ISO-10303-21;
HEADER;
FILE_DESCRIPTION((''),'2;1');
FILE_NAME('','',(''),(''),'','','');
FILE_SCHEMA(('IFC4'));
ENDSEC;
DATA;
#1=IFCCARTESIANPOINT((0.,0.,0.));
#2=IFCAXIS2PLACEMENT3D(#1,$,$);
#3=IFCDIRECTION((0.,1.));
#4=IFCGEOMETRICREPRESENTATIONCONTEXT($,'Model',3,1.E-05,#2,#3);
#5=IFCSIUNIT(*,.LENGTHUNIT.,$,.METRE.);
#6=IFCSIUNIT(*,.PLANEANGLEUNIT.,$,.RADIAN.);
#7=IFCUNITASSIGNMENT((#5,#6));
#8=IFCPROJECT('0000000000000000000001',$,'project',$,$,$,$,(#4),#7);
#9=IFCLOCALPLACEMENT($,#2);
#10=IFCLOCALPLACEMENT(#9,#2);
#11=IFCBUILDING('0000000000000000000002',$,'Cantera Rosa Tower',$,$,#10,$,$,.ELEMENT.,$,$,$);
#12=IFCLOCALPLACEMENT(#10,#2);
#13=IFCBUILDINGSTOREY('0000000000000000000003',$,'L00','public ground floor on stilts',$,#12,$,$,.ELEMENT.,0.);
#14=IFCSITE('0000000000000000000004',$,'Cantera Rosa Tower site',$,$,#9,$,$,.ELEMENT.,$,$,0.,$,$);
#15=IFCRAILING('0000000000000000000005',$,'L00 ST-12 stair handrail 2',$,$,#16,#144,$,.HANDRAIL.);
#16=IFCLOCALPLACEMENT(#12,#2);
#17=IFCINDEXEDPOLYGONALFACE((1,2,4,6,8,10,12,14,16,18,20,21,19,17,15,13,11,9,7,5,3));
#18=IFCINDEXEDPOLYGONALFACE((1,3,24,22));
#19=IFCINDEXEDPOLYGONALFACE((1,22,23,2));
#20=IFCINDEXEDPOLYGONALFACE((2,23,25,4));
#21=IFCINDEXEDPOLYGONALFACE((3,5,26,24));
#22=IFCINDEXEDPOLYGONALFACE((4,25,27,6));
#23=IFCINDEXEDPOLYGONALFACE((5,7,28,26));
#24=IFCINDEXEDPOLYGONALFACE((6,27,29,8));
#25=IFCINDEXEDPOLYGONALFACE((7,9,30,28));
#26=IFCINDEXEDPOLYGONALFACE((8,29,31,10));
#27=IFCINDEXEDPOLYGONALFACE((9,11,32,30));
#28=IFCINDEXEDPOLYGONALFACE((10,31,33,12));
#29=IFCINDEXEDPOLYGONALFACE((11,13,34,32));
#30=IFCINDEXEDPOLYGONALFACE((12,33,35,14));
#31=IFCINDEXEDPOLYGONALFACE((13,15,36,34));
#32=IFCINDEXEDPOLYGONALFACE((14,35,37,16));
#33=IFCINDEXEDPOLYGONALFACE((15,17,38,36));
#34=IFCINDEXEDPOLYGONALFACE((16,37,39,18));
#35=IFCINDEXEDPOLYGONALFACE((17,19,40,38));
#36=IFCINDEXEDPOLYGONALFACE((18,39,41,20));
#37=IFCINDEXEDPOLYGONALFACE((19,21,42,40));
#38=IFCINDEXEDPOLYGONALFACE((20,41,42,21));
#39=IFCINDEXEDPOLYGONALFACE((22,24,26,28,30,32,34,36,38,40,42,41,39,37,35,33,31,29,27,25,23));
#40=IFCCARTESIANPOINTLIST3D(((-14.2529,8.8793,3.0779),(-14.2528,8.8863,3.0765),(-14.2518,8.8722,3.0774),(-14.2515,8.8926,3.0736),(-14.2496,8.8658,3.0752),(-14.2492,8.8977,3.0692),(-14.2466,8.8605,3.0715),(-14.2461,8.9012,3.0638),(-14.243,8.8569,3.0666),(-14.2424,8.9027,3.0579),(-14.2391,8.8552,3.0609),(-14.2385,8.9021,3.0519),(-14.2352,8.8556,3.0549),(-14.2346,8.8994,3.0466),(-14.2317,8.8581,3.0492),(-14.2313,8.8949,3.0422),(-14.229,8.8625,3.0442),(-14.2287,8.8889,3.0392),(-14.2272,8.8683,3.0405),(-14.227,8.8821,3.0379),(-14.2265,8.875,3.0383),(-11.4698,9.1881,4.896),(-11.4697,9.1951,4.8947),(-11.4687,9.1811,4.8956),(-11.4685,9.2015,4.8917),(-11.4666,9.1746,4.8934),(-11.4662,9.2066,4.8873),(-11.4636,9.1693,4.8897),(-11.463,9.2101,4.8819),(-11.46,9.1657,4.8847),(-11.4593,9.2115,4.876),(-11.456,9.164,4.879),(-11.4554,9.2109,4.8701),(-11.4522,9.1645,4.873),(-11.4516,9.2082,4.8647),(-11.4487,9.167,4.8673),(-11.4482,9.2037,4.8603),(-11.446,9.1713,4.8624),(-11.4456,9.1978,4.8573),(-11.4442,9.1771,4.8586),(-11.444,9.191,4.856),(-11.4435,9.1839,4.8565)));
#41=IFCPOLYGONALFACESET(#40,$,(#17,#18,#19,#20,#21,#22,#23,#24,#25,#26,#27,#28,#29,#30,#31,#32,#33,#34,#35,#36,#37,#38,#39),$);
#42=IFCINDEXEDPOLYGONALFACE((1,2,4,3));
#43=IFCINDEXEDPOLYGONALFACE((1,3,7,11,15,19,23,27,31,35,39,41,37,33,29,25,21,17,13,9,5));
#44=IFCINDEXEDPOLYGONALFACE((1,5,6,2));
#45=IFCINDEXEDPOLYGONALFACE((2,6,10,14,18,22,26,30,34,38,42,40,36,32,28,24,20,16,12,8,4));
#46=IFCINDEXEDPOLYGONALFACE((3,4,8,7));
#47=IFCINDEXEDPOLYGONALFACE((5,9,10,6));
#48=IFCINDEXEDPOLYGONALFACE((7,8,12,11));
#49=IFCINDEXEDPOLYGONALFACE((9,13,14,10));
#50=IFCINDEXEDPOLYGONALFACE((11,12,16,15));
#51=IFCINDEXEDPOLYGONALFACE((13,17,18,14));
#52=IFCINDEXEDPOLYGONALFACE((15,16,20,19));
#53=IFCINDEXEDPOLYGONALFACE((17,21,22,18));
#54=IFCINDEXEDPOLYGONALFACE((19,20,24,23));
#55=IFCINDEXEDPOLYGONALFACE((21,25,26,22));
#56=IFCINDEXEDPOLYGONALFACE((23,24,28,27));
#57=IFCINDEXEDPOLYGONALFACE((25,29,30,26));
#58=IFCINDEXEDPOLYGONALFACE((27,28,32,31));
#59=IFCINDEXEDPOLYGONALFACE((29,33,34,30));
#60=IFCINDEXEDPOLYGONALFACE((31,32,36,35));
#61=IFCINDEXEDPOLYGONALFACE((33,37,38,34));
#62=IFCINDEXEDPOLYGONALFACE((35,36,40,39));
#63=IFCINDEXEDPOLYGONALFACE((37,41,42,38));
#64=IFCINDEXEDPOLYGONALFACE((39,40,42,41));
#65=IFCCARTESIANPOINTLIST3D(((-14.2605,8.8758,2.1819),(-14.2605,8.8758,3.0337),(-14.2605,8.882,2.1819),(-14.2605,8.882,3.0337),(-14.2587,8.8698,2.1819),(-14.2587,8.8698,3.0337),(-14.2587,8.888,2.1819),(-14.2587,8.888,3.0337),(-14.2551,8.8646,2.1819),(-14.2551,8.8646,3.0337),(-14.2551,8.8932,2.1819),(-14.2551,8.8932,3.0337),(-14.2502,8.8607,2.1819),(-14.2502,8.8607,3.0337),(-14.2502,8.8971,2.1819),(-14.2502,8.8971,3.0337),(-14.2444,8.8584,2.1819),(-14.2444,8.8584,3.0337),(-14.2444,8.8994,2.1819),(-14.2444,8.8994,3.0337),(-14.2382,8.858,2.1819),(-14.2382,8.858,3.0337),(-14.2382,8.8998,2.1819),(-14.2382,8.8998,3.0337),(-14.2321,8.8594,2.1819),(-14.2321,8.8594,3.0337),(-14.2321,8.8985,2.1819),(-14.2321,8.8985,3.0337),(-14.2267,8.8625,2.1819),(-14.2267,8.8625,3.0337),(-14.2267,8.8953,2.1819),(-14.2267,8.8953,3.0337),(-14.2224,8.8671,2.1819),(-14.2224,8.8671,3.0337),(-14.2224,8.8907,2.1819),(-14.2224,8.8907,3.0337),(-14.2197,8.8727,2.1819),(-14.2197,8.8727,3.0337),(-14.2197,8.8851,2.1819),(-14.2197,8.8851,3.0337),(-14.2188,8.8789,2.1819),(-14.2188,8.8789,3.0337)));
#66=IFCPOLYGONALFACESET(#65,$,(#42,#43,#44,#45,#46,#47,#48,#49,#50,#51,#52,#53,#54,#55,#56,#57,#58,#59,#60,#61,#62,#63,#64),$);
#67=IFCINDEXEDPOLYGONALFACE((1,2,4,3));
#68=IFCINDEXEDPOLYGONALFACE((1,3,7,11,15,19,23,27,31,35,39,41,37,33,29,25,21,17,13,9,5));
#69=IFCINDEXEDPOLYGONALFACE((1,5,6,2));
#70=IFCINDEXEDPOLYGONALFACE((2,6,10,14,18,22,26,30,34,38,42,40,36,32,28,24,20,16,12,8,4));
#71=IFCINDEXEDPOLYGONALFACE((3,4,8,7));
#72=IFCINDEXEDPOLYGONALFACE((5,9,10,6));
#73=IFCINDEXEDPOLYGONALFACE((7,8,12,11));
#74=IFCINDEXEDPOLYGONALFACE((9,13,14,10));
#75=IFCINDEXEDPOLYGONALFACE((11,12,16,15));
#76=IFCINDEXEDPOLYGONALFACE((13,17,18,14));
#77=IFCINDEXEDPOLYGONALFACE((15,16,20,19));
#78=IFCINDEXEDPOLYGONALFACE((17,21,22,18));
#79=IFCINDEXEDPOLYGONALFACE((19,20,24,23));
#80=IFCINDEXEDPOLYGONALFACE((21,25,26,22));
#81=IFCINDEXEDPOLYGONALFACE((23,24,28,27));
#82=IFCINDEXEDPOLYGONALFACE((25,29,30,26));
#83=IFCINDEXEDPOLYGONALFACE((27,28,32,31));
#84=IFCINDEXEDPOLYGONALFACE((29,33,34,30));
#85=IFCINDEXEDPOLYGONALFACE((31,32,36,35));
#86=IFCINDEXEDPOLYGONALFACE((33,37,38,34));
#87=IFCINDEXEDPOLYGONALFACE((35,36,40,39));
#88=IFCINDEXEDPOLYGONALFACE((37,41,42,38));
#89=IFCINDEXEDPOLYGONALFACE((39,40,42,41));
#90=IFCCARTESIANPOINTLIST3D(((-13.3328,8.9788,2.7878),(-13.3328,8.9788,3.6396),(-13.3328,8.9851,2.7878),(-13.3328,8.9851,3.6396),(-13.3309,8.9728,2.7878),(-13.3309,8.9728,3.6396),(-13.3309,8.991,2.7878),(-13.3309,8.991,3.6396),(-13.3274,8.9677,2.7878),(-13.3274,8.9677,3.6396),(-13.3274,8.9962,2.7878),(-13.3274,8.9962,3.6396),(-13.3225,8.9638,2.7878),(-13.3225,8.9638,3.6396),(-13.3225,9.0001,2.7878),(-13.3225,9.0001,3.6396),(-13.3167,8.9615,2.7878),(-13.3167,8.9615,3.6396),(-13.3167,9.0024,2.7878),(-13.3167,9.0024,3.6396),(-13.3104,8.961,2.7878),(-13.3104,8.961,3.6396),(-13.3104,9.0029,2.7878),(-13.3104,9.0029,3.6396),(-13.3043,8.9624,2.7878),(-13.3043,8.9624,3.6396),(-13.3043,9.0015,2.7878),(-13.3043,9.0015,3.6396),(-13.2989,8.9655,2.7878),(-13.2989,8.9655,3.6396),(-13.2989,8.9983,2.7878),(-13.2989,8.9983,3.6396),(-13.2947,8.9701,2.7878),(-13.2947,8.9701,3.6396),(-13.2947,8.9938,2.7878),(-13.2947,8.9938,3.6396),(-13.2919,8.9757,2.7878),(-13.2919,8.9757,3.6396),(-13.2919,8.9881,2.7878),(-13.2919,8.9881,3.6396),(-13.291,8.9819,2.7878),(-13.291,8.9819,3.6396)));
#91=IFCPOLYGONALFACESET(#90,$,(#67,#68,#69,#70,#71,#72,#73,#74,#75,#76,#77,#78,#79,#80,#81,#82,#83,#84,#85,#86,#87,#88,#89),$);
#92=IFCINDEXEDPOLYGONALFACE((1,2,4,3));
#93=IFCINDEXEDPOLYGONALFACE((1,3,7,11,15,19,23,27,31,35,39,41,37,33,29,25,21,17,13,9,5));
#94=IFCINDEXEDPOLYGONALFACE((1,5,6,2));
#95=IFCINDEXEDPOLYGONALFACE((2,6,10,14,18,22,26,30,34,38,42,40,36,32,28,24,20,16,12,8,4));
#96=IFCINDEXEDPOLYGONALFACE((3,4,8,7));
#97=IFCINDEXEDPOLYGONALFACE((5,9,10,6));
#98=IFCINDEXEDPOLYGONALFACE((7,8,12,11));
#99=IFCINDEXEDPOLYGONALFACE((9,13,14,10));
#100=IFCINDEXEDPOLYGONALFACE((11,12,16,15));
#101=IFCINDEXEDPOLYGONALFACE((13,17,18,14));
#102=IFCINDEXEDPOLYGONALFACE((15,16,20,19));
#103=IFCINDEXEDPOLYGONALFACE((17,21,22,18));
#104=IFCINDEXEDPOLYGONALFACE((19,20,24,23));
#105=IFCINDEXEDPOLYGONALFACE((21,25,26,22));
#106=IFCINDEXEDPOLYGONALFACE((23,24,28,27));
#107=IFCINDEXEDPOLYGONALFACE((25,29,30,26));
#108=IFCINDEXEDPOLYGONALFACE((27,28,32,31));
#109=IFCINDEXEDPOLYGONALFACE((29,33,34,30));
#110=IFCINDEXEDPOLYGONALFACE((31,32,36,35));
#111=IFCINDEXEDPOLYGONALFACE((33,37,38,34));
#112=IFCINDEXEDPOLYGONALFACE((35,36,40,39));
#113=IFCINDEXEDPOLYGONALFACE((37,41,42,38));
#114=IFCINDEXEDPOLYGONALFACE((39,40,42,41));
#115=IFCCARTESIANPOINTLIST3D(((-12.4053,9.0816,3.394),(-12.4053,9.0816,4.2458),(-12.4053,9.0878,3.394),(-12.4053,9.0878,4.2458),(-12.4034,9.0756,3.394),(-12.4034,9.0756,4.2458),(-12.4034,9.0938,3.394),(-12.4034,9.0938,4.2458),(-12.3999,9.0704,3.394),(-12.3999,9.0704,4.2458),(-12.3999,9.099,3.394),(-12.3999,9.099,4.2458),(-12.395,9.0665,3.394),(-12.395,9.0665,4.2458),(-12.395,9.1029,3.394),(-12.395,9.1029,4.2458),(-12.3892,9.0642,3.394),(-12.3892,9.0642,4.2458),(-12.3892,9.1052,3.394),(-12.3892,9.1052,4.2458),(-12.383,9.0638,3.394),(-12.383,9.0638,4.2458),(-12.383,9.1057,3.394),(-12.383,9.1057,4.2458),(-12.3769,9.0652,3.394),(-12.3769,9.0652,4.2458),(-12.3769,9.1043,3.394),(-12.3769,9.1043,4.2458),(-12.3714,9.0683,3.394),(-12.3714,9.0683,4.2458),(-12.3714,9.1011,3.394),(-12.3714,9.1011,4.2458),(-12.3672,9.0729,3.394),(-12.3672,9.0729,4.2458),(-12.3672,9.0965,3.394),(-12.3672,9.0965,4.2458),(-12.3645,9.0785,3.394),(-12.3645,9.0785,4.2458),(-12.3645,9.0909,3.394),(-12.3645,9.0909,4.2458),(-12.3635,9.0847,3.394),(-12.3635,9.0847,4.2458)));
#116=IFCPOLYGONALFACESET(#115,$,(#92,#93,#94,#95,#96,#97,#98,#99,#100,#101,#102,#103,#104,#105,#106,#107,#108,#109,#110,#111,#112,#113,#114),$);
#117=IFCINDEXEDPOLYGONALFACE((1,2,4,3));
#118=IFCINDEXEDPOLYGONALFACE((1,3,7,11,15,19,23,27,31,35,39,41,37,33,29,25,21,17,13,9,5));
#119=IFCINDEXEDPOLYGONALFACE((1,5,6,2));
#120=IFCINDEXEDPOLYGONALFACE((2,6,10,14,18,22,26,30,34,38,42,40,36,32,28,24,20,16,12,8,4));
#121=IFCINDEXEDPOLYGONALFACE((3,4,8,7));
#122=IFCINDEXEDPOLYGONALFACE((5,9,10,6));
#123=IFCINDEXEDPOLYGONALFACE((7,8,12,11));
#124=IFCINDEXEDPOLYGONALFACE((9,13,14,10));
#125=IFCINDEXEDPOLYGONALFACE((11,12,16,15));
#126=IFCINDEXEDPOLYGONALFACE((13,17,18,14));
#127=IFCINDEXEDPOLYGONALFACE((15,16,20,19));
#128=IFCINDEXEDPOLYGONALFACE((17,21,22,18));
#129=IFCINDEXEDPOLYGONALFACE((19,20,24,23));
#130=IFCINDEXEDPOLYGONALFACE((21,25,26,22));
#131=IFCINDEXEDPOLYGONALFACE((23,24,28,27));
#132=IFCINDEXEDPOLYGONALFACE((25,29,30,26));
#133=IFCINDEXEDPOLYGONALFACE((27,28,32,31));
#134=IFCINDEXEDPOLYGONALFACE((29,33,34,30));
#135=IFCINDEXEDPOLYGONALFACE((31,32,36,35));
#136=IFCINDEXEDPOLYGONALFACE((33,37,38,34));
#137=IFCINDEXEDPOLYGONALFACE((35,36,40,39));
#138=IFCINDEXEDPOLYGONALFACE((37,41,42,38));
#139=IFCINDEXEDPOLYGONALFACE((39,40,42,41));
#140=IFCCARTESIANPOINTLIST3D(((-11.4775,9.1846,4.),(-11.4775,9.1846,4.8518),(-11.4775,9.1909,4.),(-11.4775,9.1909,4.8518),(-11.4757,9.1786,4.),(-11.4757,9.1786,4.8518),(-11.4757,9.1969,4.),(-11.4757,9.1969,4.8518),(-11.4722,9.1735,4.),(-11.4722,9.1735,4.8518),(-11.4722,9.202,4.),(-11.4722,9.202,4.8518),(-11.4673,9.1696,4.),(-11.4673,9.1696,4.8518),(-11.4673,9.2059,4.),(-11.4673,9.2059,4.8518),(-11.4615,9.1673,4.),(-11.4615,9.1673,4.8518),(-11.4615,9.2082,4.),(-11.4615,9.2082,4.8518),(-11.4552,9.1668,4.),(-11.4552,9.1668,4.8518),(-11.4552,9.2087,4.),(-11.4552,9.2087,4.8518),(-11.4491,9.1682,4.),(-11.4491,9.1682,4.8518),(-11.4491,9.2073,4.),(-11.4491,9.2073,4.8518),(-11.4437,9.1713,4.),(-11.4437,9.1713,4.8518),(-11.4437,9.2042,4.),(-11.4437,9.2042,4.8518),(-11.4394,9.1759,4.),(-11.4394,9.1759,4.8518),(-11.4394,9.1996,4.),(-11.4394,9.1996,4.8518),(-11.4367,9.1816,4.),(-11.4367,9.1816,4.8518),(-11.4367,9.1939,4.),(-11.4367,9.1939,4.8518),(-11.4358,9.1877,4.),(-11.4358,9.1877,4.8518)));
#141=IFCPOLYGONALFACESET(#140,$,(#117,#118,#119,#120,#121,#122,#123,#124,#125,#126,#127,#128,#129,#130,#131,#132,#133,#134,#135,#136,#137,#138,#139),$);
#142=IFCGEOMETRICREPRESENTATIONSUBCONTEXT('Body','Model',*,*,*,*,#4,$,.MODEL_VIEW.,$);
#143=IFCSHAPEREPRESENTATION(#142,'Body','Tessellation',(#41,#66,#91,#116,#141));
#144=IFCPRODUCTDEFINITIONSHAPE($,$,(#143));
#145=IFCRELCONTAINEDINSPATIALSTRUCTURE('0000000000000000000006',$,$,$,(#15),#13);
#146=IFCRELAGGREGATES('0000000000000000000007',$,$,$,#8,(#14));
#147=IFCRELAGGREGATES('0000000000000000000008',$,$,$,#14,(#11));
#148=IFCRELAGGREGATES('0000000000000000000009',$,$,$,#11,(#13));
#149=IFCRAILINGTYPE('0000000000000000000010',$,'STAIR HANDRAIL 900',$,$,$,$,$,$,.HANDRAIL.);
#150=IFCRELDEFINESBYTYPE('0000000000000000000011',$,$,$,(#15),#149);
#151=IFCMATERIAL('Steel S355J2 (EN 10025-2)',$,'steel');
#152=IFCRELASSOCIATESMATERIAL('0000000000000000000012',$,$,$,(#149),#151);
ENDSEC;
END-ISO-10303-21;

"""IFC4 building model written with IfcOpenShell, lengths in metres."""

from ifc_helpers import new_model, si_unit, direction, frame, origin, origin_2d, place, context, subcontext, project, spatial, circle, extrude, material, type_object, element, save


model = new_model("IFC4")

# Units and contexts
model_context = context("Model", 3, precision=1e-05, world=origin(), true_north=direction((0.0, 1.0)))
body_context = subcontext(model_context, "Body", "Model", "MODEL_VIEW")
ifc_project = project(units=[si_unit("LENGTHUNIT", "METRE"), si_unit("PLANEANGLEUNIT", "RADIAN")], contexts=[model_context])

# Site, building, storey
site_placement = place(None, origin())
site = spatial("IfcSite", under=ifc_project, at=site_placement, Name="Cantera Rosa Tower site", CompositionType="ELEMENT", RefElevation=0.0)
building_placement = place(site_placement, origin())
building = spatial("IfcBuilding", under=site, at=building_placement, Name="Cantera Rosa Tower", CompositionType="ELEMENT")
storey_placement = place(building_placement, origin())
storey = spatial("IfcBuildingStorey", under=building, at=storey_placement, Name="L00", Description="public ground floor on stilts", CompositionType="ELEMENT", Elevation=0.0)

# Railing
ifc_material_1 = material(Name="Steel S355J2 (EN 10025-2)", Category="steel")
railing_type_1 = type_object("IfcRailingType", Name="STAIR HANDRAIL 900", PredefinedType="HANDRAIL", material=ifc_material_1)
railing_1_placement = place(storey_placement, frame((-14.2397, 8.8789, 2.1819)))
element("IfcRailing", 1, at=railing_1_placement, inside=storey, type_object=railing_type_1, Name="L00 ST-12 stair handrail 2", PredefinedType="HANDRAIL", context=body_context, shape_type="SweptSolid", body=[
    extrude(circle(Radius=0.0239, at=origin_2d()), frame((0.0, 0.0, 0.876), z_axis=(0.833588, 0.092507, 0.544586), x_axis=(-0.110298, 0.993899, 0.0)), (0.0, 0.0, 1.0), 3.3386),
    extrude(circle(Radius=0.021, at=origin_2d()), origin(), (0.0, 0.0, 1.0), 0.8518),
    extrude(circle(Radius=0.021, at=origin_2d()), frame((0.9277, 0.103, 0.606)), (0.0, 0.0, 1.0), 0.8518),
    extrude(circle(Radius=0.021, at=origin_2d()), frame((1.8552, 0.2058, 1.2122)), (0.0, 0.0, 1.0), 0.8518),
    extrude(circle(Radius=0.021, at=origin_2d()), frame((2.783, 0.3088, 1.8181)), (0.0, 0.0, 1.0), 0.8518),
])

save(model, "model.ifc")
